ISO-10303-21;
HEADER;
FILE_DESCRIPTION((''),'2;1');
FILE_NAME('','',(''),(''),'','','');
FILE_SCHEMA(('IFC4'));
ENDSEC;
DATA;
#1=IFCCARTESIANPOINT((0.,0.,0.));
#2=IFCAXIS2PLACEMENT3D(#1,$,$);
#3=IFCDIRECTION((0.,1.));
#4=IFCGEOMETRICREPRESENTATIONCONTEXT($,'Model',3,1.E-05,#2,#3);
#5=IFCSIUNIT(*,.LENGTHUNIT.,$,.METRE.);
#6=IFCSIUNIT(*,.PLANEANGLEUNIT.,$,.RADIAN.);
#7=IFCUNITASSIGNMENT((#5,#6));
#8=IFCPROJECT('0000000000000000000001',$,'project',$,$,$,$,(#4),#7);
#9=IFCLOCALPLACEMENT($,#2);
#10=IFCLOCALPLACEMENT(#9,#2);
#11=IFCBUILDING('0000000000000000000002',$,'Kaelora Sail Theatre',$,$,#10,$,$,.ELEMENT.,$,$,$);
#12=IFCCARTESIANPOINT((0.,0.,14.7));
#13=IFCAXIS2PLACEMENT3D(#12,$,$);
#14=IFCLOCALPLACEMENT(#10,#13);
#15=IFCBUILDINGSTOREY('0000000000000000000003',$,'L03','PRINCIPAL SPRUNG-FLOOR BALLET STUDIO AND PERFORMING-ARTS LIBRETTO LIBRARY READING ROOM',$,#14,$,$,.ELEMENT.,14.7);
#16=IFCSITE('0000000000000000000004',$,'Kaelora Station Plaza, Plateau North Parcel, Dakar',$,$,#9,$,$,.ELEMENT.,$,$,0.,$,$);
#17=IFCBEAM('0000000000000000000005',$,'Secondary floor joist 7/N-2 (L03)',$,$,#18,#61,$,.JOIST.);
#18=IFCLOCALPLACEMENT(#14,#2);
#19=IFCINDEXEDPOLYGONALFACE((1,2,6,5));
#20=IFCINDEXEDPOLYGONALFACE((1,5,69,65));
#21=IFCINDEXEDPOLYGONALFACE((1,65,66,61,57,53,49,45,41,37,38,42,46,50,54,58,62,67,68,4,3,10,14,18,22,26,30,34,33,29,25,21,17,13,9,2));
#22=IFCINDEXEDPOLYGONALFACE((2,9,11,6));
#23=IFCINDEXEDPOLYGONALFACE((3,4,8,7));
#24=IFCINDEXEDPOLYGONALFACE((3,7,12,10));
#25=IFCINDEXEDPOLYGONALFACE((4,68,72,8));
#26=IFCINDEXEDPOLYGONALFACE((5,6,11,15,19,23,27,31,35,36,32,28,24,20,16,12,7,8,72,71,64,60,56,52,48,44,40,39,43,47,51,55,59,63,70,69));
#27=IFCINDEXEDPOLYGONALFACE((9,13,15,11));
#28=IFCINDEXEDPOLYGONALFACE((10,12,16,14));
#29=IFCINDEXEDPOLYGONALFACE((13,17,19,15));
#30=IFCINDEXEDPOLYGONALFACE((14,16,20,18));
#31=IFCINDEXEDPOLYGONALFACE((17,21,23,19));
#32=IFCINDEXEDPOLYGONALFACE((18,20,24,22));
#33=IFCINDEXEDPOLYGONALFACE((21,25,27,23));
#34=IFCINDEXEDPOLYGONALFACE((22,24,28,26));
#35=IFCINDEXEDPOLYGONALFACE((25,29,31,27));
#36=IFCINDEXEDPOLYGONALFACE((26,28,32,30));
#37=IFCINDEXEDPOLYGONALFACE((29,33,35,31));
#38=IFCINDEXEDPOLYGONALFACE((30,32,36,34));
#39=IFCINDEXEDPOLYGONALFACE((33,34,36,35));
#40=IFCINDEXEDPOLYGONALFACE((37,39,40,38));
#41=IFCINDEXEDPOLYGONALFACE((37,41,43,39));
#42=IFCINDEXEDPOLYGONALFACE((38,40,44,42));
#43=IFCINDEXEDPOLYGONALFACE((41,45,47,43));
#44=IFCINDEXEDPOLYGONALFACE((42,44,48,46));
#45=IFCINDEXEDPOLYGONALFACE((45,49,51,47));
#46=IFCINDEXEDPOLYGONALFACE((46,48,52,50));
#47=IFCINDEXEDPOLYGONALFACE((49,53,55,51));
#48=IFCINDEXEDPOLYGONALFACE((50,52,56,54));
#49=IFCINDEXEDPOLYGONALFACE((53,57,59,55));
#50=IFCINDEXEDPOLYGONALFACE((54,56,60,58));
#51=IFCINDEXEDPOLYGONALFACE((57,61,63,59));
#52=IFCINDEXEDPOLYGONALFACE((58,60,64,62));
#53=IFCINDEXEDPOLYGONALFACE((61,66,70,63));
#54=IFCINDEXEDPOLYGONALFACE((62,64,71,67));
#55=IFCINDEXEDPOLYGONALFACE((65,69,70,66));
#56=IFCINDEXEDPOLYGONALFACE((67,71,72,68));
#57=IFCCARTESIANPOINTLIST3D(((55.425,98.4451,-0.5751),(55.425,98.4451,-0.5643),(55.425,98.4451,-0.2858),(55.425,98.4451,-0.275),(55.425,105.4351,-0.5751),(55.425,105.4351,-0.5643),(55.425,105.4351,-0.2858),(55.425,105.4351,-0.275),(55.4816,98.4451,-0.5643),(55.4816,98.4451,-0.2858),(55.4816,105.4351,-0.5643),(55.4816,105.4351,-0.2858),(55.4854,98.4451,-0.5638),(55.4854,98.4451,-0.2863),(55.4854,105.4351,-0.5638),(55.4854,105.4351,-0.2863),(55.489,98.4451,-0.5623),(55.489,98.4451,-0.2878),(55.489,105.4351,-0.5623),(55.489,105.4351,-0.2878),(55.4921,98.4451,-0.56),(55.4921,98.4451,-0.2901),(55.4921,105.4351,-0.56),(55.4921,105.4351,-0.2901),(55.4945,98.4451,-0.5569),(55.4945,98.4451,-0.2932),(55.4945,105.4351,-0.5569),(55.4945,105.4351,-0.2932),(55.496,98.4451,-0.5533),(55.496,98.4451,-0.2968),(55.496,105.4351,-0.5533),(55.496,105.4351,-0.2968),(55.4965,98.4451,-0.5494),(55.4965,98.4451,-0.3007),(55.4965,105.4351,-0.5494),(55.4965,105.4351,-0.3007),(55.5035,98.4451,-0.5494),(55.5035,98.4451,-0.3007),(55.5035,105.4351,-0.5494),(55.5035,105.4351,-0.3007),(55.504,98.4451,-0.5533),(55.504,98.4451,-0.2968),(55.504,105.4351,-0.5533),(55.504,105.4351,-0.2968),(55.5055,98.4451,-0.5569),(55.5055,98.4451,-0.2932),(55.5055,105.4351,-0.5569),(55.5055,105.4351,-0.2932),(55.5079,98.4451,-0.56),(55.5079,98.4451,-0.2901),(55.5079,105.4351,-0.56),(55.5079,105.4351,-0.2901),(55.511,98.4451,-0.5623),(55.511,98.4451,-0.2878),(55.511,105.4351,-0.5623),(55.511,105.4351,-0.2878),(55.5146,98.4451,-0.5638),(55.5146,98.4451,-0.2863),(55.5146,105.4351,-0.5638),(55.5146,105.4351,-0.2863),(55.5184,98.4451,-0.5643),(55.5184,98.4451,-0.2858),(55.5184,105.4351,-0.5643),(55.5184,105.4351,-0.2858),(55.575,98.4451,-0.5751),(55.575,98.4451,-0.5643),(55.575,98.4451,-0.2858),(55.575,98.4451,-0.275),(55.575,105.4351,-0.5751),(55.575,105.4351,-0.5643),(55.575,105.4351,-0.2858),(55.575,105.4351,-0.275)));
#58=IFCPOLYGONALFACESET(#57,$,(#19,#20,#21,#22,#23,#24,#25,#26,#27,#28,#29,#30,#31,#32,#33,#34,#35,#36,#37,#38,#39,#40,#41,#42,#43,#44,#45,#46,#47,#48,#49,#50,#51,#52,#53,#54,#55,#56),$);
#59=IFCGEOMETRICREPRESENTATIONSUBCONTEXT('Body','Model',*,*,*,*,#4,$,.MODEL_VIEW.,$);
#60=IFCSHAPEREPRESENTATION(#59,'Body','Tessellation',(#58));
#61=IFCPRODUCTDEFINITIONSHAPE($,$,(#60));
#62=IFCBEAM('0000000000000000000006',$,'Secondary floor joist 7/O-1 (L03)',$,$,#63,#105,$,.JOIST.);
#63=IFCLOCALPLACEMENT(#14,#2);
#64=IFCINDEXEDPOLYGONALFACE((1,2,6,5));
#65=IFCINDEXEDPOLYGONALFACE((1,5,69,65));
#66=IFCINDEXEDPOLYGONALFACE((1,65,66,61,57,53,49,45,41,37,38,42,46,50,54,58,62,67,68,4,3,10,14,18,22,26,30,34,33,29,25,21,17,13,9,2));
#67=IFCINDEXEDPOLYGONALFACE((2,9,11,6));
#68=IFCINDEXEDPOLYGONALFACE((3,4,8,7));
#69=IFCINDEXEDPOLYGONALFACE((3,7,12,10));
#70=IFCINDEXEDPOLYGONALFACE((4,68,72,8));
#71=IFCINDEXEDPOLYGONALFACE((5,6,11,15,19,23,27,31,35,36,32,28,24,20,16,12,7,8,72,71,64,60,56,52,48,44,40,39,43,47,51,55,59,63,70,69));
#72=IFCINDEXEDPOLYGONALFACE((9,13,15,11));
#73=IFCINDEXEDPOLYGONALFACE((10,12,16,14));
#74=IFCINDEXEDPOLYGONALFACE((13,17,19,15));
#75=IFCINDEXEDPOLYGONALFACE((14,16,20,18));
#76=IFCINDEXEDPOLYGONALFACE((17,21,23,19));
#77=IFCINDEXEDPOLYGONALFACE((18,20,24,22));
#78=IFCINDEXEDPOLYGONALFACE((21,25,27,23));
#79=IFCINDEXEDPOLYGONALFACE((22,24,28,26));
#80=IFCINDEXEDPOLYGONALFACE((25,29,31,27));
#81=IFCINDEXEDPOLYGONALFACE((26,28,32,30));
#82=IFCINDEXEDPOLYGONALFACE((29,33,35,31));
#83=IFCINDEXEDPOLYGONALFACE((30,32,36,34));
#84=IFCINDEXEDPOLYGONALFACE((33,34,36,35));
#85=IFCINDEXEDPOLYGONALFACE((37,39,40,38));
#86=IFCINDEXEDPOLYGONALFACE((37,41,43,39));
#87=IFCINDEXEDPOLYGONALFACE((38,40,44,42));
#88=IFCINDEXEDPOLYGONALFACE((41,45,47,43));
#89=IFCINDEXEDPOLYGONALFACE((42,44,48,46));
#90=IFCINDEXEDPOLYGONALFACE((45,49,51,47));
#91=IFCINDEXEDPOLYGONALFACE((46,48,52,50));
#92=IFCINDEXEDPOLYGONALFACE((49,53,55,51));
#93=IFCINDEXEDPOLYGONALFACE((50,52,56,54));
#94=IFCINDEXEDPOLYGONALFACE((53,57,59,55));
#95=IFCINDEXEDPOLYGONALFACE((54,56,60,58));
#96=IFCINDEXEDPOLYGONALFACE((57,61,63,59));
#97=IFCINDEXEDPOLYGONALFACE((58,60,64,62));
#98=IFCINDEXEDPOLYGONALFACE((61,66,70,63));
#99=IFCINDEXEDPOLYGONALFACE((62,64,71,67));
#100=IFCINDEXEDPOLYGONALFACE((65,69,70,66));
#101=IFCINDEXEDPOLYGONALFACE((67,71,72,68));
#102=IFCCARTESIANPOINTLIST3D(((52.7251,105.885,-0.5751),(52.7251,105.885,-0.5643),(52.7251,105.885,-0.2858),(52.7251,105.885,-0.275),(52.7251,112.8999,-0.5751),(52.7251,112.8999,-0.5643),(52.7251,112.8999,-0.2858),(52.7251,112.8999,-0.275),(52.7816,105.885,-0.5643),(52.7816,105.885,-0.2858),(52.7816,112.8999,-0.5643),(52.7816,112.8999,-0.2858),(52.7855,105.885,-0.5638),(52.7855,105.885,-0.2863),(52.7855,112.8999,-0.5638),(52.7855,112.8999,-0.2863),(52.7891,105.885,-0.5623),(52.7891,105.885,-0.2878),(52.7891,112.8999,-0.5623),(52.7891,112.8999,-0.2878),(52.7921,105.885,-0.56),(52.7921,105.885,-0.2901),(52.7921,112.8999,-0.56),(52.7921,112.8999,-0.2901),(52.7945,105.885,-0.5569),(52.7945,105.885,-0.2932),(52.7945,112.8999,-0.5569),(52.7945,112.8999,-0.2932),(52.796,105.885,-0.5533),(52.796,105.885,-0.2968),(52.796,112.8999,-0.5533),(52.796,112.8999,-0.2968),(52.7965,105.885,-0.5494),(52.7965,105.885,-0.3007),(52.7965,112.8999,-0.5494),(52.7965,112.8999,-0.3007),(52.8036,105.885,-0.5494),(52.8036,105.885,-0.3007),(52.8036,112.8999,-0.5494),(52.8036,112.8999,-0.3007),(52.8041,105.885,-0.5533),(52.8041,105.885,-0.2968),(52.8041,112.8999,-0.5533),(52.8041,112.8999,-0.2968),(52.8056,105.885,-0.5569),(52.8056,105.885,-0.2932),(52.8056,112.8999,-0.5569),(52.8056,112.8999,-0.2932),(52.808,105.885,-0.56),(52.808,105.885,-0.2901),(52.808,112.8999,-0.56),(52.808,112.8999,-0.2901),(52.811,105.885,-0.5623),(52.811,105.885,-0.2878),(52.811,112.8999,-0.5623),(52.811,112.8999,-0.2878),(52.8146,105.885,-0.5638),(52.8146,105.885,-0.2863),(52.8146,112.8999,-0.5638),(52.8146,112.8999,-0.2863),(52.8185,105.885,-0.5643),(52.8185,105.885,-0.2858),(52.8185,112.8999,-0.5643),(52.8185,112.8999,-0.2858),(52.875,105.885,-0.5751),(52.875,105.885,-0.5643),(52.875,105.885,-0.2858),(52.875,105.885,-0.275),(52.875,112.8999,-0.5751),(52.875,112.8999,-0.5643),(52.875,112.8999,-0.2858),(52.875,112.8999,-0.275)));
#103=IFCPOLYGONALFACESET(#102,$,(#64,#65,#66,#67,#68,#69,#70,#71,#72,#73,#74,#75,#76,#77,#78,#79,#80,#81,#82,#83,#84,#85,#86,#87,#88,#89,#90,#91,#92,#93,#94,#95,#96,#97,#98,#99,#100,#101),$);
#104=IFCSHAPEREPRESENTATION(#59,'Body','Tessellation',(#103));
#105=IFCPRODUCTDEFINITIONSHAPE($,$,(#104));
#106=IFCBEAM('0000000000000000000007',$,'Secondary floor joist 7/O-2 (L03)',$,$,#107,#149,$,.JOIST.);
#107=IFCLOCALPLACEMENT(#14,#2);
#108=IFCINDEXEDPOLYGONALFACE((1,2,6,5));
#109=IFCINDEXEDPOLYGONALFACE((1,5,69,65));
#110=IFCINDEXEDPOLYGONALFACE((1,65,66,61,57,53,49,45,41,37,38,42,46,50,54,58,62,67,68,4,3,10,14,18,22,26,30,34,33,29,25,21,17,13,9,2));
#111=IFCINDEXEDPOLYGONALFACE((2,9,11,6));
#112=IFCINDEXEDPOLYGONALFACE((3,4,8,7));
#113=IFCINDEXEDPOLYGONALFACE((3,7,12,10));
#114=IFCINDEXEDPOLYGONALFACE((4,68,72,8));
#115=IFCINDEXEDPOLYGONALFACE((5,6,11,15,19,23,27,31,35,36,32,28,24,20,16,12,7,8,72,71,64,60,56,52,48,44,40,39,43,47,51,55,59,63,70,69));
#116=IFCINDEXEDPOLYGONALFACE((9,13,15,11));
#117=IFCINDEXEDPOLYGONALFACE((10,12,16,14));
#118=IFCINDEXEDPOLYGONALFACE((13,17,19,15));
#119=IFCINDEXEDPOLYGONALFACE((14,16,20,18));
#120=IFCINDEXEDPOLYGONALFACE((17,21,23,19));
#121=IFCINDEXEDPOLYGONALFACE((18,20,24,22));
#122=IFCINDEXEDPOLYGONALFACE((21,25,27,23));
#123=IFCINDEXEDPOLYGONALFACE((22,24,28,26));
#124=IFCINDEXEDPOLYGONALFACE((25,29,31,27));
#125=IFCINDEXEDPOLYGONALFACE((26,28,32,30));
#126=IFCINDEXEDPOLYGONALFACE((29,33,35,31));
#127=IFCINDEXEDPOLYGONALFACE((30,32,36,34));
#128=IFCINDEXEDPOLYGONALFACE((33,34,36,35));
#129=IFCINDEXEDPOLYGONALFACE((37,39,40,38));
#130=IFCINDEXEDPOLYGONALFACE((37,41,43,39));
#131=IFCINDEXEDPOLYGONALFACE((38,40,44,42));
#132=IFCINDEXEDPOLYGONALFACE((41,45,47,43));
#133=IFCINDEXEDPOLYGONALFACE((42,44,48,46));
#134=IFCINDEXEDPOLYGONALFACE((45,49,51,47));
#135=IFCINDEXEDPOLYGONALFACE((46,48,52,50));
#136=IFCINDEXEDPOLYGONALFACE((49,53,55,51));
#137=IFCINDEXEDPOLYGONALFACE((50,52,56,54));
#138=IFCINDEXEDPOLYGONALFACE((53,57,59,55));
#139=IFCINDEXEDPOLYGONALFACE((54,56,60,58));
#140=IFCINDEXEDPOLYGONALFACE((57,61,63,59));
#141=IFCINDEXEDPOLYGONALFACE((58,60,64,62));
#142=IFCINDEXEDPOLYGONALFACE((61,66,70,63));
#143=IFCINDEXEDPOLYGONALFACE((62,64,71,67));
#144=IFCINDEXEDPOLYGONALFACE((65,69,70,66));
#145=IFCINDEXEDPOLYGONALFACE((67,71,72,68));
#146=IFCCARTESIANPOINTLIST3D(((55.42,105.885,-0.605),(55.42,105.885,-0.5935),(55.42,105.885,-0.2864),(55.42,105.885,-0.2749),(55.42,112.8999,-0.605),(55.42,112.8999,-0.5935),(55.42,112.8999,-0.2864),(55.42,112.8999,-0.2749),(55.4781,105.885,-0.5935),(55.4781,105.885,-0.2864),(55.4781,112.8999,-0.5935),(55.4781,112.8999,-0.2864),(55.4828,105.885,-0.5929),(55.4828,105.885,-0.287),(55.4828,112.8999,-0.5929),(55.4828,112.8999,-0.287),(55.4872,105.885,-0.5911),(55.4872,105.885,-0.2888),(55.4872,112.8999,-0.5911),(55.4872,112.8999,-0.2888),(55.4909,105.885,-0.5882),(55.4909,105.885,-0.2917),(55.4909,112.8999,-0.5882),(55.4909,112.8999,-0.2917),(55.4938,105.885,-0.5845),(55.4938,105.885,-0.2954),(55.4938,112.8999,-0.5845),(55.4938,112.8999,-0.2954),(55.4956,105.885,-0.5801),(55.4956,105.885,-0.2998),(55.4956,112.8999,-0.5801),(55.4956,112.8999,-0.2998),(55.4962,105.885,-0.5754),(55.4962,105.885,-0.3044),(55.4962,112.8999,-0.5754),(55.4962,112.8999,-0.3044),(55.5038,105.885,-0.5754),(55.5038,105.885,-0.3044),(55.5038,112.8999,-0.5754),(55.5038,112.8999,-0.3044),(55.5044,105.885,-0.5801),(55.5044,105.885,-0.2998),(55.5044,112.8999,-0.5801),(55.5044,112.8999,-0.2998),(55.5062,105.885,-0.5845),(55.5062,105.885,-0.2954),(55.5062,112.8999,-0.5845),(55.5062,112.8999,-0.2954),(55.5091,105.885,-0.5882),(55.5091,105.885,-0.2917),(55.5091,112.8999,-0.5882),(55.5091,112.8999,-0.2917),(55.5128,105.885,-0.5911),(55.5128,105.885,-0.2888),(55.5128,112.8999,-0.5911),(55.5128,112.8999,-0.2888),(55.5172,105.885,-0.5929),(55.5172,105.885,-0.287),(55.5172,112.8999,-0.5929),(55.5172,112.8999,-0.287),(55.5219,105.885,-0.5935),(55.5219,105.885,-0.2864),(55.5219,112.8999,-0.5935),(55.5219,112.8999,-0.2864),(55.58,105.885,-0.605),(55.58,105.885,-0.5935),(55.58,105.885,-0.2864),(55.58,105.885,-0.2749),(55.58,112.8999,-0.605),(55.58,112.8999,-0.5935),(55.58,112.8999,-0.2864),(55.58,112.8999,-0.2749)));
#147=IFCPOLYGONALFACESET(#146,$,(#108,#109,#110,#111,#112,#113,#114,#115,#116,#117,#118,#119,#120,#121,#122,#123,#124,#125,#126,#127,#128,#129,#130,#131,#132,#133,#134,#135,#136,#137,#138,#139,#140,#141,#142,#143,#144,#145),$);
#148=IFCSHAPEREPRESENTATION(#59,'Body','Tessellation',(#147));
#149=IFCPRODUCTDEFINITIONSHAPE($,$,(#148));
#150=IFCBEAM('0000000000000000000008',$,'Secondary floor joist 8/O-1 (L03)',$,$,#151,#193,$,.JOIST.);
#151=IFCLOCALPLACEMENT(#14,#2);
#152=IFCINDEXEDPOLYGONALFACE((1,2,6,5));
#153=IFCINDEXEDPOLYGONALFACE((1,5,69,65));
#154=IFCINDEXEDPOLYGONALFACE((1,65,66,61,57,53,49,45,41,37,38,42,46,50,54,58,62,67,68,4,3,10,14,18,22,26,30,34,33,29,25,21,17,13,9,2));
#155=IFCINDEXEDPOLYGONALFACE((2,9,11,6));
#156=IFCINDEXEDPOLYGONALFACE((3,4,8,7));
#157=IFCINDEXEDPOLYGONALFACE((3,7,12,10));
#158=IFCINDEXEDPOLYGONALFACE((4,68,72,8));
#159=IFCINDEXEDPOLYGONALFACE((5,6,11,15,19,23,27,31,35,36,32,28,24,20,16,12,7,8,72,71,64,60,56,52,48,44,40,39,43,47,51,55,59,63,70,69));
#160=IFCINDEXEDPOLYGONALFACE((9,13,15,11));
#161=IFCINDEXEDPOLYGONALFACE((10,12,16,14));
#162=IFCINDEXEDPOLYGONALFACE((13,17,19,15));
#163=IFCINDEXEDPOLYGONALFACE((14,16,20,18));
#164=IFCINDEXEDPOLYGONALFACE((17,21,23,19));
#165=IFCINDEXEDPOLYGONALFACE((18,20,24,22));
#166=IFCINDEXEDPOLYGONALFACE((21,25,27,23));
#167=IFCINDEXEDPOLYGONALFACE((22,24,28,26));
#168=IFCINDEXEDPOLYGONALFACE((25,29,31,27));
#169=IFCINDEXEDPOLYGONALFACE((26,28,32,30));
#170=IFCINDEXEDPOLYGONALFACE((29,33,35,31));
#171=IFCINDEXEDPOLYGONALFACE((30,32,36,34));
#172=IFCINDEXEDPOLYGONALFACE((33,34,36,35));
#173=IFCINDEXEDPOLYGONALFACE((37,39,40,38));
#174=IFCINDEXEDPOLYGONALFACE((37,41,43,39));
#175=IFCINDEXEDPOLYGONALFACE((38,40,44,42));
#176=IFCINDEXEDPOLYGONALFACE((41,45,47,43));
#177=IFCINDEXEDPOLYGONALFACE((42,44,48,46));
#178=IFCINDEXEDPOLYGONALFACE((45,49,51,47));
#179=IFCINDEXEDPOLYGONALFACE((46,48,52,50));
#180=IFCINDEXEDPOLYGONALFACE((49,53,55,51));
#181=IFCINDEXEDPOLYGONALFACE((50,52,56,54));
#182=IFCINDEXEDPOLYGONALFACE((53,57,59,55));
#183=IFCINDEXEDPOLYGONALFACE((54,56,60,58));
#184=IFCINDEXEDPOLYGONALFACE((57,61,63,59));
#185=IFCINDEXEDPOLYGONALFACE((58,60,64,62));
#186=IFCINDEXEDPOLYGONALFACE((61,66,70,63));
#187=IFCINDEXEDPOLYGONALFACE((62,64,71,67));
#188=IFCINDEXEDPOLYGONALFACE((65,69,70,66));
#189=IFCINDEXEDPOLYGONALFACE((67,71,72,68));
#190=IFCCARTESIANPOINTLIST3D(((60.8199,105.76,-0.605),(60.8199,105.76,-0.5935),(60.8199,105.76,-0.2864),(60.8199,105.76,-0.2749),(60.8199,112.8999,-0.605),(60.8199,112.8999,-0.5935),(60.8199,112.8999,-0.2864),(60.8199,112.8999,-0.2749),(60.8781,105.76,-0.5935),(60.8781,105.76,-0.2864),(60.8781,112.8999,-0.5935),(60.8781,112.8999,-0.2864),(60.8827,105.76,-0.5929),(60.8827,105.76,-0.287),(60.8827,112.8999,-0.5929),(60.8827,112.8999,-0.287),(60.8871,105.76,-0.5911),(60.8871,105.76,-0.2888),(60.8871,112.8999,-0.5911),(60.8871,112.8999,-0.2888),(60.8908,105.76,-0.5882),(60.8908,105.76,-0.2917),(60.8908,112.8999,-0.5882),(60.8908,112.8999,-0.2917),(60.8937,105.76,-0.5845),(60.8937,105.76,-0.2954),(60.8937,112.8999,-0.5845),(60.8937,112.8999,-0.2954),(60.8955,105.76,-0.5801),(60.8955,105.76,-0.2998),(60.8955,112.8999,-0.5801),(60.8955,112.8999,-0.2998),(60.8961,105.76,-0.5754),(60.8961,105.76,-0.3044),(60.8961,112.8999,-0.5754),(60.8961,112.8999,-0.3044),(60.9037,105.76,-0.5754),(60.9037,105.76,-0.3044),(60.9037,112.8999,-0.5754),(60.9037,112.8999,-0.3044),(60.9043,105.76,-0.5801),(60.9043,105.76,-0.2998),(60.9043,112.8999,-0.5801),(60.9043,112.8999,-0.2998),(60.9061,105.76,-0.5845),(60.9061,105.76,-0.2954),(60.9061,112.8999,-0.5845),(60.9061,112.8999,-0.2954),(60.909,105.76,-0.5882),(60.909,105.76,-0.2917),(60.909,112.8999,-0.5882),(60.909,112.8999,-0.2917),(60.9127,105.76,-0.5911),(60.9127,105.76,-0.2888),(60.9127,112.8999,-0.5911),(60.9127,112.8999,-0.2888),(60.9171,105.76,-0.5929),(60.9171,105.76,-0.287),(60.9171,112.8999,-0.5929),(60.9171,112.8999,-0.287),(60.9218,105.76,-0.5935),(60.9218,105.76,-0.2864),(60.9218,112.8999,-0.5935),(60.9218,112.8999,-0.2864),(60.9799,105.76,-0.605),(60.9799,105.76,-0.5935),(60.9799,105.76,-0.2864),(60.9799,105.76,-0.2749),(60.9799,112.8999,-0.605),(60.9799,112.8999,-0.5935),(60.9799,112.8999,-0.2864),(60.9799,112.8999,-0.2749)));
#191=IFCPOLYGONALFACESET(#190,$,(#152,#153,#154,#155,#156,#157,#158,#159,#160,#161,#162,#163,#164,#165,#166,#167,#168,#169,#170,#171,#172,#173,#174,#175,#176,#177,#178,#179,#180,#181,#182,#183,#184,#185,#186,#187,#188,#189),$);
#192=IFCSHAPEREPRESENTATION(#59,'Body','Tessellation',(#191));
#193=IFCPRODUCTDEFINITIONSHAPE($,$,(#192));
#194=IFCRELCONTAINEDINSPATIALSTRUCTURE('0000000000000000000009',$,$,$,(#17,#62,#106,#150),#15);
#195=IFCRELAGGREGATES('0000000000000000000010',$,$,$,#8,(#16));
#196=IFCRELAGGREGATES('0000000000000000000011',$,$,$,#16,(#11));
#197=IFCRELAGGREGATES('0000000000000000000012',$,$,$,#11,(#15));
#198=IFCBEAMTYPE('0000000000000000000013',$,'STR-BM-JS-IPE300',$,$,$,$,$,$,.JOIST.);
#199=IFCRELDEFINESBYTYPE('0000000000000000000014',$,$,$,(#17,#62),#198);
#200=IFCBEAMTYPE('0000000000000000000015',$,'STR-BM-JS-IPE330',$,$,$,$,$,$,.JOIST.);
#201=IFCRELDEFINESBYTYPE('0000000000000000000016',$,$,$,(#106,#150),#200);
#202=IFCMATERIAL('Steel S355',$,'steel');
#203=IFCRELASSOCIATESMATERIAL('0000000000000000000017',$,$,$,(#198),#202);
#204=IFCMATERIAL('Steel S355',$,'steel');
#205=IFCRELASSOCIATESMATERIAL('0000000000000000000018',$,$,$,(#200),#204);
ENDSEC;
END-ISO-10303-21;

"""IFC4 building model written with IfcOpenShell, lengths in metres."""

from ifc_helpers import new_model, si_unit, direction, frame, origin, origin_2d, place, context, subcontext, project, spatial, i_section, extrude, material, material_profile, profile_set, type_object, element, save


model = new_model("IFC4")

# Units and contexts
model_context = context("Model", 3, precision=1e-05, world=origin(), true_north=direction((0.0, 1.0)))
body_context = subcontext(model_context, "Body", "Model", "MODEL_VIEW")
ifc_project = project(units=[si_unit("LENGTHUNIT", "METRE"), si_unit("PLANEANGLEUNIT", "RADIAN")], contexts=[model_context])

# Site, building, storey
site_placement = place(None, origin())
site = spatial("IfcSite", under=ifc_project, at=site_placement, Name="Kaelora Station Plaza, Plateau North Parcel, Dakar", CompositionType="ELEMENT", RefElevation=0.0)
building_placement = place(site_placement, origin())
building = spatial("IfcBuilding", under=site, at=building_placement, Name="Kaelora Sail Theatre", CompositionType="ELEMENT")
storey_placement = place(building_placement, frame((0.0, 0.0, 14.7)))
storey = spatial("IfcBuildingStorey", under=building, at=storey_placement, Name="L03", Description="PRINCIPAL SPRUNG-FLOOR BALLET STUDIO AND PERFORMING-ARTS LIBRETTO LIBRARY READING ROOM", CompositionType="ELEMENT", Elevation=14.7)

# Beams
ifc_material_1 = material(Name="Steel S355", Category="steel")
ifc_material_profile_1 = material_profile(ifc_material_1, i_section(OverallWidth=0.1499, OverallDepth=0.3, WebThickness=0.0071, FlangeThickness=0.0107, FilletRadius=0.0149, at=origin_2d()), Name="IPE 300")
ifc_profile_set_1 = profile_set([ifc_material_profile_1], Name="Steel S355")
beam_type_1 = type_object("IfcBeamType", Name="STR-BM-JS-IPE300", PredefinedType="JOIST", material=ifc_profile_set_1)
beam_1_placement = place(storey_placement, frame((55.5, 98.4451, -0.425), z_axis=(0.0, 1.0, 0.0), x_axis=(-1.0, 0.0, 0.0)))
element("IfcBeam", 1, at=beam_1_placement, inside=storey, type_object=beam_type_1, Name="Secondary floor joist 7/N-2 (L03)", PredefinedType="JOIST", context=body_context, shape_type="SweptSolid", body=[
    extrude(i_section(OverallWidth=0.1499, OverallDepth=0.3, WebThickness=0.0071, FlangeThickness=0.0107, FilletRadius=0.0149, at=origin_2d()), origin(), (0.0, 0.0, 1.0), 6.99),
])
beam_2_placement = place(storey_placement, frame((52.8, 105.885, -0.425), z_axis=(0.0, 1.0, 0.0), x_axis=(-1.0, 0.0, 0.0)))
element("IfcBeam", 2, at=beam_2_placement, inside=storey, type_object=beam_type_1, Name="Secondary floor joist 7/O-1 (L03)", PredefinedType="JOIST", context=body_context, shape_type="SweptSolid", body=[
    extrude(i_section(OverallWidth=0.1499, OverallDepth=0.3, WebThickness=0.0071, FlangeThickness=0.0107, FilletRadius=0.0149, at=origin_2d()), origin(), (0.0, 0.0, 1.0), 7.0149),
])
ifc_material_2 = material(Name="Steel S355", Category="steel")
ifc_material_profile_2 = material_profile(ifc_material_2, i_section(OverallWidth=0.1599, OverallDepth=0.3301, WebThickness=0.0076, FlangeThickness=0.0115, FilletRadius=0.0181, at=origin_2d()), Name="IPE 330")
ifc_profile_set_2 = profile_set([ifc_material_profile_2], Name="Steel S355")
beam_type_2 = type_object("IfcBeamType", Name="STR-BM-JS-IPE330", PredefinedType="JOIST", material=ifc_profile_set_2)
beam_3_placement = place(storey_placement, frame((55.5, 105.885, -0.4399), z_axis=(0.0, 1.0, 0.0), x_axis=(-1.0, 0.0, 0.0)))
element("IfcBeam", 3, at=beam_3_placement, inside=storey, type_object=beam_type_2, Name="Secondary floor joist 7/O-2 (L03)", PredefinedType="JOIST", context=body_context, shape_type="SweptSolid", body=[
    extrude(i_section(OverallWidth=0.1599, OverallDepth=0.3301, WebThickness=0.0076, FlangeThickness=0.0115, FilletRadius=0.0181, at=origin_2d()), origin(), (0.0, 0.0, 1.0), 7.0149),
])
beam_4_placement = place(storey_placement, frame((60.8999, 105.76, -0.4399), z_axis=(0.0, 1.0, 0.0), x_axis=(-1.0, 0.0, 0.0)))
element("IfcBeam", 4, at=beam_4_placement, inside=storey, type_object=beam_type_2, Name="Secondary floor joist 8/O-1 (L03)", PredefinedType="JOIST", context=body_context, shape_type="SweptSolid", body=[
    extrude(i_section(OverallWidth=0.1599, OverallDepth=0.3301, WebThickness=0.0076, FlangeThickness=0.0115, FilletRadius=0.0181, at=origin_2d()), origin(), (0.0, 0.0, 1.0), 7.1399),
])

save(model, "model.ifc")
